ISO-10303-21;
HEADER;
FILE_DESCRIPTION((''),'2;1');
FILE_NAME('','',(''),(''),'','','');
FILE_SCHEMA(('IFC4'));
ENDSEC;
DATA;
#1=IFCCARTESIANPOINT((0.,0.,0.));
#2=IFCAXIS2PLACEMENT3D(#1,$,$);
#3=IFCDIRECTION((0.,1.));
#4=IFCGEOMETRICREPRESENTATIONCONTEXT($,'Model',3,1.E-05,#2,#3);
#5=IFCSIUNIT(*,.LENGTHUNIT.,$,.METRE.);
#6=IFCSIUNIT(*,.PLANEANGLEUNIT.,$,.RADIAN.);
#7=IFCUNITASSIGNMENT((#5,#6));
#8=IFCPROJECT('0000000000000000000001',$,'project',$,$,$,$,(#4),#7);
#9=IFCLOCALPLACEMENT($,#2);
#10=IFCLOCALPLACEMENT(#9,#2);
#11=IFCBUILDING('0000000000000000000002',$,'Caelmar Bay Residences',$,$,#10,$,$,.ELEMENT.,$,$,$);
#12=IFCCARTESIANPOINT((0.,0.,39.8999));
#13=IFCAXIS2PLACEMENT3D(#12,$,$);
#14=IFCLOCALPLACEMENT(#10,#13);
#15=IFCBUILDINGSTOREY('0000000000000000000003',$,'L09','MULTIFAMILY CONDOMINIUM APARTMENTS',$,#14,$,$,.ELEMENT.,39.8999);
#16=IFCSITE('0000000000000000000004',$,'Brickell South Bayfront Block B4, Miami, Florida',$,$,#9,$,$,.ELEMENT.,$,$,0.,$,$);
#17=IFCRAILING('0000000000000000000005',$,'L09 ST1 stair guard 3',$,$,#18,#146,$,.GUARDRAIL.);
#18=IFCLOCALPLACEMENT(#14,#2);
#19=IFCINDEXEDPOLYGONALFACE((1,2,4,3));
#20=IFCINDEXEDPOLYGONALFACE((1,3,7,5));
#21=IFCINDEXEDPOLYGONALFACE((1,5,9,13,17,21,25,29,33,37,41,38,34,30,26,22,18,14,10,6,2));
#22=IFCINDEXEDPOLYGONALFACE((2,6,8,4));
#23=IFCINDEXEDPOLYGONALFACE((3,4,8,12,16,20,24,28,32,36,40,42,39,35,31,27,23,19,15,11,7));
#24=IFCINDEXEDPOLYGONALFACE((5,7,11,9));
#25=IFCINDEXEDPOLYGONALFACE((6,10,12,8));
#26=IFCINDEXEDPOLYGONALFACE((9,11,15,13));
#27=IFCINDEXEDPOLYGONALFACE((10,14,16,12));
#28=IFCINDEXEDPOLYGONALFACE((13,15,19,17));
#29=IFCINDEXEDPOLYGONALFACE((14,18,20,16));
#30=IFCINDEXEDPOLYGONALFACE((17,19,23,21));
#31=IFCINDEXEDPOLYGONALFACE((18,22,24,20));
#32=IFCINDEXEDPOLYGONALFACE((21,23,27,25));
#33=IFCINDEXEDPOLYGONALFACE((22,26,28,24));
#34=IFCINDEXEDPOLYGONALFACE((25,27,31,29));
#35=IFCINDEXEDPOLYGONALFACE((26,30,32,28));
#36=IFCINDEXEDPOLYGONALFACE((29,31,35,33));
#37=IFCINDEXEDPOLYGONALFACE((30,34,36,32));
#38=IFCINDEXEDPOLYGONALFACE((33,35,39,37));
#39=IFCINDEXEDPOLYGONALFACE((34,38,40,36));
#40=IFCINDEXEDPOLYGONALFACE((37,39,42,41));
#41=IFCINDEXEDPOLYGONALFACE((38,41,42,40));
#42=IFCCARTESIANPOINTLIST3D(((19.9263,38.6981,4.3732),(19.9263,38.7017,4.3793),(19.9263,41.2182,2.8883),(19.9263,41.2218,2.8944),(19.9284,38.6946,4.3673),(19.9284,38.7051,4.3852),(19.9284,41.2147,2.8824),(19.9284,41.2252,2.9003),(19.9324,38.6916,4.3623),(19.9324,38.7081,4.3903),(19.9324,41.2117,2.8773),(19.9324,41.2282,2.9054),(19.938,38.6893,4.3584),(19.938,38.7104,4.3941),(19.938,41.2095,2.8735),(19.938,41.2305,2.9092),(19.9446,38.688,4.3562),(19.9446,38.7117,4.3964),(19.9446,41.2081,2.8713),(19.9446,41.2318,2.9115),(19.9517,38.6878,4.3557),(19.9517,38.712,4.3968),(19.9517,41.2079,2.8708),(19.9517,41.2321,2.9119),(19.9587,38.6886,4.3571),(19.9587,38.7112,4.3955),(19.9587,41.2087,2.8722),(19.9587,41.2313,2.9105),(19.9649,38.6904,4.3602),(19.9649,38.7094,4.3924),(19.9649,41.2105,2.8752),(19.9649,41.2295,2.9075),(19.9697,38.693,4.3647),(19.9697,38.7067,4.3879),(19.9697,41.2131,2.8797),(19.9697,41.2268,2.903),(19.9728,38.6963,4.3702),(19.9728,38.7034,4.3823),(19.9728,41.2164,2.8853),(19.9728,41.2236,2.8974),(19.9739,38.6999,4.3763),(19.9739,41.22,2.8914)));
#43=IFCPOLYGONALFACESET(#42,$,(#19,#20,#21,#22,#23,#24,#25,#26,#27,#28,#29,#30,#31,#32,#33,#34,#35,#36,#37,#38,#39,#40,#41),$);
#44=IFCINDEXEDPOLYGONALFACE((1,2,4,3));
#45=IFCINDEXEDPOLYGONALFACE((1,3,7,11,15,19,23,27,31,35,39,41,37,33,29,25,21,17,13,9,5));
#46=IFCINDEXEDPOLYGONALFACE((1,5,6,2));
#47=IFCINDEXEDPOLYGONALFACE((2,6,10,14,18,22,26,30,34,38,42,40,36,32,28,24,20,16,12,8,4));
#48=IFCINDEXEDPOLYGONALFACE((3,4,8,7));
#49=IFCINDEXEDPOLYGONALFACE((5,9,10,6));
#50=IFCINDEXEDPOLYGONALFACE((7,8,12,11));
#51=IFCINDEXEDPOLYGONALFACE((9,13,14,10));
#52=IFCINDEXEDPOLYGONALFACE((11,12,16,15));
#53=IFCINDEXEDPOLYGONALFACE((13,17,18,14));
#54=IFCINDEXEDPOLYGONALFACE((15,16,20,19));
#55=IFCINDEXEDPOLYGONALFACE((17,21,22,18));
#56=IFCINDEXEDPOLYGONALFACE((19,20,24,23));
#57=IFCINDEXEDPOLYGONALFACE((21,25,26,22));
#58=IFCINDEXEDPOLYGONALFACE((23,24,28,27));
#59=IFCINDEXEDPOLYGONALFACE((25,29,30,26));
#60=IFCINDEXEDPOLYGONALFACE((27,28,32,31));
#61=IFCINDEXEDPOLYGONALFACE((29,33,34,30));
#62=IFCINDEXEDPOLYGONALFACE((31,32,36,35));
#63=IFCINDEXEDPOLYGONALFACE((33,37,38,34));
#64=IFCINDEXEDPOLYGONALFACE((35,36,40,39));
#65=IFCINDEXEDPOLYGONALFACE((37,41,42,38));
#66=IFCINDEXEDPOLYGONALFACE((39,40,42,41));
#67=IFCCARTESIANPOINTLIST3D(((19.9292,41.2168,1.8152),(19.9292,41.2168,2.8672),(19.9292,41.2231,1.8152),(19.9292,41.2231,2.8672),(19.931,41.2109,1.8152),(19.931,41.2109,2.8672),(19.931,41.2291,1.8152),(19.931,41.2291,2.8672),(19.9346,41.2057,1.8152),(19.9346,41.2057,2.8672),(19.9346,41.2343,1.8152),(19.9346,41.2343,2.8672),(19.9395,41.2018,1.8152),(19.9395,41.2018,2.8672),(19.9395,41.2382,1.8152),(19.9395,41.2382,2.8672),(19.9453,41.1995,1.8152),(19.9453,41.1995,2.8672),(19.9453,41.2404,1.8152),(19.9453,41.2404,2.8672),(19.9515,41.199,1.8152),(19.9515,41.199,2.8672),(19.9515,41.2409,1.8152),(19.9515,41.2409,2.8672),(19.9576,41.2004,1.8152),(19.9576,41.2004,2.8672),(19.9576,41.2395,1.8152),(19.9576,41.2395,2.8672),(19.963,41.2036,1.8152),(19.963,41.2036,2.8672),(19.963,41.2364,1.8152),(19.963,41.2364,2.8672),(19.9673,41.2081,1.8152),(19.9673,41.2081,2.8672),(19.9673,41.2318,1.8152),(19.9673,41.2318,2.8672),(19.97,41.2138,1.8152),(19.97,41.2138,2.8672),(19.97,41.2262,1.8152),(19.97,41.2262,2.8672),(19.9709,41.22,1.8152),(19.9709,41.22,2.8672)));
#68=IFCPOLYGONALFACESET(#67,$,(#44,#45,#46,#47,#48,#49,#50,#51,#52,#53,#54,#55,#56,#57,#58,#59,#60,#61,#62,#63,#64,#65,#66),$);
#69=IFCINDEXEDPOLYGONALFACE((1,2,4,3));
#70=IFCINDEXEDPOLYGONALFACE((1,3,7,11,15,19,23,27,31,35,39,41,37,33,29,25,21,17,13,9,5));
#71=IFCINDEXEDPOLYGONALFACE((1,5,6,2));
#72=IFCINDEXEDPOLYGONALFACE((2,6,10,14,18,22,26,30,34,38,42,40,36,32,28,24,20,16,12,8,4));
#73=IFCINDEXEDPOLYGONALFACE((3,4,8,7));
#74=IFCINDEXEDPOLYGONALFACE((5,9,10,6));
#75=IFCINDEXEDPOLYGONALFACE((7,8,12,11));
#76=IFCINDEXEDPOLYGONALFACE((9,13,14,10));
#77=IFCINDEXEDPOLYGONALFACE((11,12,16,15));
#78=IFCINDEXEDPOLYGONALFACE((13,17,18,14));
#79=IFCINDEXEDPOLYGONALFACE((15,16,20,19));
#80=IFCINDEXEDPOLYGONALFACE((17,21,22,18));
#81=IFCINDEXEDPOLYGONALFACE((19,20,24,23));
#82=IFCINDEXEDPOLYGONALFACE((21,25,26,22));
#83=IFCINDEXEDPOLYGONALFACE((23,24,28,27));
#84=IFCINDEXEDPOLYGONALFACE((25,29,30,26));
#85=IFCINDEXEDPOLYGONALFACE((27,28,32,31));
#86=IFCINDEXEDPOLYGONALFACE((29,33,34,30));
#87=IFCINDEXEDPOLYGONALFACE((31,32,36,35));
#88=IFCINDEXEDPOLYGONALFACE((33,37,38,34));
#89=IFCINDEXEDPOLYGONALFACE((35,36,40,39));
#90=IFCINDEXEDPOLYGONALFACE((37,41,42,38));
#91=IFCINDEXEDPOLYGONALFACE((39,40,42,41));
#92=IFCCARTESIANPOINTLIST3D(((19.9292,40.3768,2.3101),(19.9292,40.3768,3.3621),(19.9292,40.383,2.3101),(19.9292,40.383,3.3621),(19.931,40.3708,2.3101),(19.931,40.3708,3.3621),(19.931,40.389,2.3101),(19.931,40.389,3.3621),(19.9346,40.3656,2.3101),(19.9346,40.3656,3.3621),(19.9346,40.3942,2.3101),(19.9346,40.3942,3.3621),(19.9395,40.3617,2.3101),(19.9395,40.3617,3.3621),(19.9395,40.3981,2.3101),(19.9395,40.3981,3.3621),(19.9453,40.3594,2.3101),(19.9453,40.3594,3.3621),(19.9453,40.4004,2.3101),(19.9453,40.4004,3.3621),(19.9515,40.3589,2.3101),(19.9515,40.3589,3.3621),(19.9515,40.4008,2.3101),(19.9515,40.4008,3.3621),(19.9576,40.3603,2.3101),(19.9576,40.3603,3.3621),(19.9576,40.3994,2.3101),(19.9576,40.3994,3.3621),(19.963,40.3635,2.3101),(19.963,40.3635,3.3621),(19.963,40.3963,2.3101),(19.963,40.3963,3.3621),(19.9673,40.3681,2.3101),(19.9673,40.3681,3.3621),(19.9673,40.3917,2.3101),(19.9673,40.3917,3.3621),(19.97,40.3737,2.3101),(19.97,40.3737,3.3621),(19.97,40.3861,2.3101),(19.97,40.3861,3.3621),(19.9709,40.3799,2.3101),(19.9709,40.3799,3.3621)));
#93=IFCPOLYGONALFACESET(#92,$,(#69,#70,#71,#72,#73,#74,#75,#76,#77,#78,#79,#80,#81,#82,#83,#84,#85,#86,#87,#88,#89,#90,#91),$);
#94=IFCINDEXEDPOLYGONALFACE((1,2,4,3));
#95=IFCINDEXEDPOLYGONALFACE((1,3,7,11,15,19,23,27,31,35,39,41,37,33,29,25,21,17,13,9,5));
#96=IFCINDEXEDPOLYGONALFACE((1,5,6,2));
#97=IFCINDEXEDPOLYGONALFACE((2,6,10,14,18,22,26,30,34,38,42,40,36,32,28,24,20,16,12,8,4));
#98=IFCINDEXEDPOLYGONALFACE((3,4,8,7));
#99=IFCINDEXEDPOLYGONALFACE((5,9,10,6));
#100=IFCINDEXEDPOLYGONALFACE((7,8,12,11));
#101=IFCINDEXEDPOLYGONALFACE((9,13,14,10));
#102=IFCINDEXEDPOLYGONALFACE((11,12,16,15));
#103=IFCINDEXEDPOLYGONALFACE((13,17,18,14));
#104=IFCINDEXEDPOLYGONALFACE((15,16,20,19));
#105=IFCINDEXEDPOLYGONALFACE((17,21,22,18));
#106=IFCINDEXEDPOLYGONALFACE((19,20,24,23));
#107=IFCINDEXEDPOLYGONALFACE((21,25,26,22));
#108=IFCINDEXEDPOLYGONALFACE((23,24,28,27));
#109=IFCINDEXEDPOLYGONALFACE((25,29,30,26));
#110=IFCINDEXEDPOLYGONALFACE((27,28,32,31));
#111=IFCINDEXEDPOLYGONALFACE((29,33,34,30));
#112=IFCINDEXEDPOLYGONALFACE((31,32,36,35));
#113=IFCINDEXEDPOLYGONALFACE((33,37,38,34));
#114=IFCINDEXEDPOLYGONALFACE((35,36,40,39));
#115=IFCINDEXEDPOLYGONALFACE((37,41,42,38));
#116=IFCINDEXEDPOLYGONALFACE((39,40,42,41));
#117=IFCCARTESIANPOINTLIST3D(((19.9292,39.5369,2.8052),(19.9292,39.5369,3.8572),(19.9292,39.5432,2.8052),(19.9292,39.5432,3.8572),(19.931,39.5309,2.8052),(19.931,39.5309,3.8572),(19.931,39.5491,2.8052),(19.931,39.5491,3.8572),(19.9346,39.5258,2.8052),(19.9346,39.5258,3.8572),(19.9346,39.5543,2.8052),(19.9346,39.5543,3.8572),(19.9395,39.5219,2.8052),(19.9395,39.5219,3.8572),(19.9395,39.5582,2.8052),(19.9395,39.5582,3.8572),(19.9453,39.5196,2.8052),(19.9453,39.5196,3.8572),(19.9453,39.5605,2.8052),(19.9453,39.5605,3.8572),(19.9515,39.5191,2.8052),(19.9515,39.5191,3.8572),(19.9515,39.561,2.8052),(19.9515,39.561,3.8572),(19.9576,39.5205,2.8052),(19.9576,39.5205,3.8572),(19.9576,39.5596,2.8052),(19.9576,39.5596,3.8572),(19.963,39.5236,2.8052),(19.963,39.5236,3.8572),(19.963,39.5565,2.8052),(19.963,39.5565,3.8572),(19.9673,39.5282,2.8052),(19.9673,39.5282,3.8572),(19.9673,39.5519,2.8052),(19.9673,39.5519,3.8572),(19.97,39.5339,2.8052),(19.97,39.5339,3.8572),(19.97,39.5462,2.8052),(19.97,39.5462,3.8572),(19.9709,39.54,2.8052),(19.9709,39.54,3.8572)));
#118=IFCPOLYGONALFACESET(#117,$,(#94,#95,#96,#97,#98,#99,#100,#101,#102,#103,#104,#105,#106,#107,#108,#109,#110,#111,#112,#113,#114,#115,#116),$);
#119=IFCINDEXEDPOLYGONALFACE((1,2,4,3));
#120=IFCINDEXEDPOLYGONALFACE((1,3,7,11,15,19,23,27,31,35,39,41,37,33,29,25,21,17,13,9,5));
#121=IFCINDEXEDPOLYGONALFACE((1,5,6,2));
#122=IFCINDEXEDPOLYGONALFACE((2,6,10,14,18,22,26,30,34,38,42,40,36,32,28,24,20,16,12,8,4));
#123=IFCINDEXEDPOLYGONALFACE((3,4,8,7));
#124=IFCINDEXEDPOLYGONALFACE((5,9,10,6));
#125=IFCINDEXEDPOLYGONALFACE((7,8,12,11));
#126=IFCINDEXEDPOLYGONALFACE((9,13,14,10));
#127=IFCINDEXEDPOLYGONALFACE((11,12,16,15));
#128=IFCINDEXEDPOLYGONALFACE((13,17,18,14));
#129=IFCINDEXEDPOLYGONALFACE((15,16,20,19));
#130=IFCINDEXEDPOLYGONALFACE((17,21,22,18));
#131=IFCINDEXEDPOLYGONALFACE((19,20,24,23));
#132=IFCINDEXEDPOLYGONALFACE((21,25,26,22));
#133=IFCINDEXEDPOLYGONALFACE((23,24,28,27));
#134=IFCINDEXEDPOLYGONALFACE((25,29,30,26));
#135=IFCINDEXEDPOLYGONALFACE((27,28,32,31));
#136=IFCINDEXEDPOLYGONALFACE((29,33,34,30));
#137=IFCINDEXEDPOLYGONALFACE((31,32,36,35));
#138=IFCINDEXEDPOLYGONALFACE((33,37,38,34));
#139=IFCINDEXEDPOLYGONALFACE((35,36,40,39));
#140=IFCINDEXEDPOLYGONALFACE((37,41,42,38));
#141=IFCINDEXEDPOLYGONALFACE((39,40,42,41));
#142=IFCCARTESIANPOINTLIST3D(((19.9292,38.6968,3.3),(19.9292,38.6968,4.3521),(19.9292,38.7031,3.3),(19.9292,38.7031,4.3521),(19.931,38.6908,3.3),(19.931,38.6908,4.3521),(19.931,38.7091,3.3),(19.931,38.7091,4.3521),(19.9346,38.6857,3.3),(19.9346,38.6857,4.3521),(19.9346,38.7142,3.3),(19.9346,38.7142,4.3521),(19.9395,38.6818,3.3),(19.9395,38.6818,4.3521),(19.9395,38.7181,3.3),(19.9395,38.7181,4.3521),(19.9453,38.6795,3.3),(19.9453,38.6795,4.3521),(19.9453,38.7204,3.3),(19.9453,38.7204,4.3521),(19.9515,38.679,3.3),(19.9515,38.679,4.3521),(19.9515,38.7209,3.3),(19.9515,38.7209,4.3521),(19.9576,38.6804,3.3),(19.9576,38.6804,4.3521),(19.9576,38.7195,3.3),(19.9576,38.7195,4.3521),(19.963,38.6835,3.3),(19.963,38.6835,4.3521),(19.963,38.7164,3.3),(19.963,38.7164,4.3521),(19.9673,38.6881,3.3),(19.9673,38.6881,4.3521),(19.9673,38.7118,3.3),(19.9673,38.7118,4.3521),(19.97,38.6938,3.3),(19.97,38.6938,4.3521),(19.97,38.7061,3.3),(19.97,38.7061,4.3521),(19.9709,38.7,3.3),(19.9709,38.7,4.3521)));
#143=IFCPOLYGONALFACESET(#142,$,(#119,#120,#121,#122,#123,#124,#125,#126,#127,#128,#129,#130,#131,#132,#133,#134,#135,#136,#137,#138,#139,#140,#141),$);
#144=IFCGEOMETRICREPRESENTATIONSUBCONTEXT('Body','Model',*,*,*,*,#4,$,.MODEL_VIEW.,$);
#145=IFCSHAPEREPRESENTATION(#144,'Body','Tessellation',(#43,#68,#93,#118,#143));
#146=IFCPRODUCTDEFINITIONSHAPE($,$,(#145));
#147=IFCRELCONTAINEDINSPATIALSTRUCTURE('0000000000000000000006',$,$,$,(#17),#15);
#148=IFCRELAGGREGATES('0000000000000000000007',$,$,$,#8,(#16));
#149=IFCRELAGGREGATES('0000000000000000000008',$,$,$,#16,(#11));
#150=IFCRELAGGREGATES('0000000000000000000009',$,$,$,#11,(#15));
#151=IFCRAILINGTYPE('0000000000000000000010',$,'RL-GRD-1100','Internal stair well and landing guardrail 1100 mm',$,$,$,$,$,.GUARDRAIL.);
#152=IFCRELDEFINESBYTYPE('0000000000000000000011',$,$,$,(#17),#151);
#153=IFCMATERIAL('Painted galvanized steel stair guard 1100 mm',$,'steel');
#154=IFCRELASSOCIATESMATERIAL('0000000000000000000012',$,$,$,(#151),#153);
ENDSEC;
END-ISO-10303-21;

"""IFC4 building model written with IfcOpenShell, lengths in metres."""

from ifc_helpers import new_model, si_unit, direction, frame, origin, origin_2d, place, context, subcontext, project, spatial, circle, extrude, material, type_object, element, save


model = new_model("IFC4")

# Units and contexts
model_context = context("Model", 3, precision=1e-05, world=origin(), true_north=direction((0.0, 1.0)))
body_context = subcontext(model_context, "Body", "Model", "MODEL_VIEW")
ifc_project = project(units=[si_unit("LENGTHUNIT", "METRE"), si_unit("PLANEANGLEUNIT", "RADIAN")], contexts=[model_context])

# Site, building, storey
site_placement = place(None, origin())
site = spatial("IfcSite", under=ifc_project, at=site_placement, Name="Brickell South Bayfront Block B4, Miami, Florida", CompositionType="ELEMENT", RefElevation=0.0)
building_placement = place(site_placement, origin())
building = spatial("IfcBuilding", under=site, at=building_placement, Name="Caelmar Bay Residences", CompositionType="ELEMENT")
storey_placement = place(building_placement, frame((0.0, 0.0, 39.8999)))
storey = spatial("IfcBuildingStorey", under=building, at=storey_placement, Name="L09", Description="MULTIFAMILY CONDOMINIUM APARTMENTS", CompositionType="ELEMENT", Elevation=39.8999)

# Railing
ifc_material_1 = material(Name="Painted galvanized steel stair guard 1100 mm", Category="steel")
railing_type_1 = type_object("IfcRailingType", Name="RL-GRD-1100", Description="Internal stair well and landing guardrail 1100 mm", PredefinedType="GUARDRAIL", material=ifc_material_1)
railing_1_placement = place(storey_placement, frame((19.95, 41.22, 1.8152)))
element("IfcRailing", 1, at=railing_1_placement, inside=storey, type_object=railing_type_1, Name="L09 ST1 stair guard 3", PredefinedType="GUARDRAIL", context=body_context, shape_type="SweptSolid", body=[
    extrude(circle(Radius=0.0239, at=origin_2d()), frame((0.0, 0.0, 1.0762), z_axis=(0.0, -0.861561, 0.507655), x_axis=(1.0, 0.0, 0.0)), (0.0, 0.0, 1.0), 2.925),
    extrude(circle(Radius=0.021, at=origin_2d()), origin(), (0.0, 0.0, 1.0), 1.052),
    extrude(circle(Radius=0.021, at=origin_2d()), frame((0.0, -0.8401, 0.4949)), (0.0, 0.0, 1.0), 1.052),
    extrude(circle(Radius=0.021, at=origin_2d()), frame((0.0, -1.6799, 0.99)), (0.0, 0.0, 1.0), 1.052),
    extrude(circle(Radius=0.021, at=origin_2d()), frame((0.0, -2.52, 1.4849)), (0.0, 0.0, 1.0), 1.052),
])

save(model, "model.ifc")
